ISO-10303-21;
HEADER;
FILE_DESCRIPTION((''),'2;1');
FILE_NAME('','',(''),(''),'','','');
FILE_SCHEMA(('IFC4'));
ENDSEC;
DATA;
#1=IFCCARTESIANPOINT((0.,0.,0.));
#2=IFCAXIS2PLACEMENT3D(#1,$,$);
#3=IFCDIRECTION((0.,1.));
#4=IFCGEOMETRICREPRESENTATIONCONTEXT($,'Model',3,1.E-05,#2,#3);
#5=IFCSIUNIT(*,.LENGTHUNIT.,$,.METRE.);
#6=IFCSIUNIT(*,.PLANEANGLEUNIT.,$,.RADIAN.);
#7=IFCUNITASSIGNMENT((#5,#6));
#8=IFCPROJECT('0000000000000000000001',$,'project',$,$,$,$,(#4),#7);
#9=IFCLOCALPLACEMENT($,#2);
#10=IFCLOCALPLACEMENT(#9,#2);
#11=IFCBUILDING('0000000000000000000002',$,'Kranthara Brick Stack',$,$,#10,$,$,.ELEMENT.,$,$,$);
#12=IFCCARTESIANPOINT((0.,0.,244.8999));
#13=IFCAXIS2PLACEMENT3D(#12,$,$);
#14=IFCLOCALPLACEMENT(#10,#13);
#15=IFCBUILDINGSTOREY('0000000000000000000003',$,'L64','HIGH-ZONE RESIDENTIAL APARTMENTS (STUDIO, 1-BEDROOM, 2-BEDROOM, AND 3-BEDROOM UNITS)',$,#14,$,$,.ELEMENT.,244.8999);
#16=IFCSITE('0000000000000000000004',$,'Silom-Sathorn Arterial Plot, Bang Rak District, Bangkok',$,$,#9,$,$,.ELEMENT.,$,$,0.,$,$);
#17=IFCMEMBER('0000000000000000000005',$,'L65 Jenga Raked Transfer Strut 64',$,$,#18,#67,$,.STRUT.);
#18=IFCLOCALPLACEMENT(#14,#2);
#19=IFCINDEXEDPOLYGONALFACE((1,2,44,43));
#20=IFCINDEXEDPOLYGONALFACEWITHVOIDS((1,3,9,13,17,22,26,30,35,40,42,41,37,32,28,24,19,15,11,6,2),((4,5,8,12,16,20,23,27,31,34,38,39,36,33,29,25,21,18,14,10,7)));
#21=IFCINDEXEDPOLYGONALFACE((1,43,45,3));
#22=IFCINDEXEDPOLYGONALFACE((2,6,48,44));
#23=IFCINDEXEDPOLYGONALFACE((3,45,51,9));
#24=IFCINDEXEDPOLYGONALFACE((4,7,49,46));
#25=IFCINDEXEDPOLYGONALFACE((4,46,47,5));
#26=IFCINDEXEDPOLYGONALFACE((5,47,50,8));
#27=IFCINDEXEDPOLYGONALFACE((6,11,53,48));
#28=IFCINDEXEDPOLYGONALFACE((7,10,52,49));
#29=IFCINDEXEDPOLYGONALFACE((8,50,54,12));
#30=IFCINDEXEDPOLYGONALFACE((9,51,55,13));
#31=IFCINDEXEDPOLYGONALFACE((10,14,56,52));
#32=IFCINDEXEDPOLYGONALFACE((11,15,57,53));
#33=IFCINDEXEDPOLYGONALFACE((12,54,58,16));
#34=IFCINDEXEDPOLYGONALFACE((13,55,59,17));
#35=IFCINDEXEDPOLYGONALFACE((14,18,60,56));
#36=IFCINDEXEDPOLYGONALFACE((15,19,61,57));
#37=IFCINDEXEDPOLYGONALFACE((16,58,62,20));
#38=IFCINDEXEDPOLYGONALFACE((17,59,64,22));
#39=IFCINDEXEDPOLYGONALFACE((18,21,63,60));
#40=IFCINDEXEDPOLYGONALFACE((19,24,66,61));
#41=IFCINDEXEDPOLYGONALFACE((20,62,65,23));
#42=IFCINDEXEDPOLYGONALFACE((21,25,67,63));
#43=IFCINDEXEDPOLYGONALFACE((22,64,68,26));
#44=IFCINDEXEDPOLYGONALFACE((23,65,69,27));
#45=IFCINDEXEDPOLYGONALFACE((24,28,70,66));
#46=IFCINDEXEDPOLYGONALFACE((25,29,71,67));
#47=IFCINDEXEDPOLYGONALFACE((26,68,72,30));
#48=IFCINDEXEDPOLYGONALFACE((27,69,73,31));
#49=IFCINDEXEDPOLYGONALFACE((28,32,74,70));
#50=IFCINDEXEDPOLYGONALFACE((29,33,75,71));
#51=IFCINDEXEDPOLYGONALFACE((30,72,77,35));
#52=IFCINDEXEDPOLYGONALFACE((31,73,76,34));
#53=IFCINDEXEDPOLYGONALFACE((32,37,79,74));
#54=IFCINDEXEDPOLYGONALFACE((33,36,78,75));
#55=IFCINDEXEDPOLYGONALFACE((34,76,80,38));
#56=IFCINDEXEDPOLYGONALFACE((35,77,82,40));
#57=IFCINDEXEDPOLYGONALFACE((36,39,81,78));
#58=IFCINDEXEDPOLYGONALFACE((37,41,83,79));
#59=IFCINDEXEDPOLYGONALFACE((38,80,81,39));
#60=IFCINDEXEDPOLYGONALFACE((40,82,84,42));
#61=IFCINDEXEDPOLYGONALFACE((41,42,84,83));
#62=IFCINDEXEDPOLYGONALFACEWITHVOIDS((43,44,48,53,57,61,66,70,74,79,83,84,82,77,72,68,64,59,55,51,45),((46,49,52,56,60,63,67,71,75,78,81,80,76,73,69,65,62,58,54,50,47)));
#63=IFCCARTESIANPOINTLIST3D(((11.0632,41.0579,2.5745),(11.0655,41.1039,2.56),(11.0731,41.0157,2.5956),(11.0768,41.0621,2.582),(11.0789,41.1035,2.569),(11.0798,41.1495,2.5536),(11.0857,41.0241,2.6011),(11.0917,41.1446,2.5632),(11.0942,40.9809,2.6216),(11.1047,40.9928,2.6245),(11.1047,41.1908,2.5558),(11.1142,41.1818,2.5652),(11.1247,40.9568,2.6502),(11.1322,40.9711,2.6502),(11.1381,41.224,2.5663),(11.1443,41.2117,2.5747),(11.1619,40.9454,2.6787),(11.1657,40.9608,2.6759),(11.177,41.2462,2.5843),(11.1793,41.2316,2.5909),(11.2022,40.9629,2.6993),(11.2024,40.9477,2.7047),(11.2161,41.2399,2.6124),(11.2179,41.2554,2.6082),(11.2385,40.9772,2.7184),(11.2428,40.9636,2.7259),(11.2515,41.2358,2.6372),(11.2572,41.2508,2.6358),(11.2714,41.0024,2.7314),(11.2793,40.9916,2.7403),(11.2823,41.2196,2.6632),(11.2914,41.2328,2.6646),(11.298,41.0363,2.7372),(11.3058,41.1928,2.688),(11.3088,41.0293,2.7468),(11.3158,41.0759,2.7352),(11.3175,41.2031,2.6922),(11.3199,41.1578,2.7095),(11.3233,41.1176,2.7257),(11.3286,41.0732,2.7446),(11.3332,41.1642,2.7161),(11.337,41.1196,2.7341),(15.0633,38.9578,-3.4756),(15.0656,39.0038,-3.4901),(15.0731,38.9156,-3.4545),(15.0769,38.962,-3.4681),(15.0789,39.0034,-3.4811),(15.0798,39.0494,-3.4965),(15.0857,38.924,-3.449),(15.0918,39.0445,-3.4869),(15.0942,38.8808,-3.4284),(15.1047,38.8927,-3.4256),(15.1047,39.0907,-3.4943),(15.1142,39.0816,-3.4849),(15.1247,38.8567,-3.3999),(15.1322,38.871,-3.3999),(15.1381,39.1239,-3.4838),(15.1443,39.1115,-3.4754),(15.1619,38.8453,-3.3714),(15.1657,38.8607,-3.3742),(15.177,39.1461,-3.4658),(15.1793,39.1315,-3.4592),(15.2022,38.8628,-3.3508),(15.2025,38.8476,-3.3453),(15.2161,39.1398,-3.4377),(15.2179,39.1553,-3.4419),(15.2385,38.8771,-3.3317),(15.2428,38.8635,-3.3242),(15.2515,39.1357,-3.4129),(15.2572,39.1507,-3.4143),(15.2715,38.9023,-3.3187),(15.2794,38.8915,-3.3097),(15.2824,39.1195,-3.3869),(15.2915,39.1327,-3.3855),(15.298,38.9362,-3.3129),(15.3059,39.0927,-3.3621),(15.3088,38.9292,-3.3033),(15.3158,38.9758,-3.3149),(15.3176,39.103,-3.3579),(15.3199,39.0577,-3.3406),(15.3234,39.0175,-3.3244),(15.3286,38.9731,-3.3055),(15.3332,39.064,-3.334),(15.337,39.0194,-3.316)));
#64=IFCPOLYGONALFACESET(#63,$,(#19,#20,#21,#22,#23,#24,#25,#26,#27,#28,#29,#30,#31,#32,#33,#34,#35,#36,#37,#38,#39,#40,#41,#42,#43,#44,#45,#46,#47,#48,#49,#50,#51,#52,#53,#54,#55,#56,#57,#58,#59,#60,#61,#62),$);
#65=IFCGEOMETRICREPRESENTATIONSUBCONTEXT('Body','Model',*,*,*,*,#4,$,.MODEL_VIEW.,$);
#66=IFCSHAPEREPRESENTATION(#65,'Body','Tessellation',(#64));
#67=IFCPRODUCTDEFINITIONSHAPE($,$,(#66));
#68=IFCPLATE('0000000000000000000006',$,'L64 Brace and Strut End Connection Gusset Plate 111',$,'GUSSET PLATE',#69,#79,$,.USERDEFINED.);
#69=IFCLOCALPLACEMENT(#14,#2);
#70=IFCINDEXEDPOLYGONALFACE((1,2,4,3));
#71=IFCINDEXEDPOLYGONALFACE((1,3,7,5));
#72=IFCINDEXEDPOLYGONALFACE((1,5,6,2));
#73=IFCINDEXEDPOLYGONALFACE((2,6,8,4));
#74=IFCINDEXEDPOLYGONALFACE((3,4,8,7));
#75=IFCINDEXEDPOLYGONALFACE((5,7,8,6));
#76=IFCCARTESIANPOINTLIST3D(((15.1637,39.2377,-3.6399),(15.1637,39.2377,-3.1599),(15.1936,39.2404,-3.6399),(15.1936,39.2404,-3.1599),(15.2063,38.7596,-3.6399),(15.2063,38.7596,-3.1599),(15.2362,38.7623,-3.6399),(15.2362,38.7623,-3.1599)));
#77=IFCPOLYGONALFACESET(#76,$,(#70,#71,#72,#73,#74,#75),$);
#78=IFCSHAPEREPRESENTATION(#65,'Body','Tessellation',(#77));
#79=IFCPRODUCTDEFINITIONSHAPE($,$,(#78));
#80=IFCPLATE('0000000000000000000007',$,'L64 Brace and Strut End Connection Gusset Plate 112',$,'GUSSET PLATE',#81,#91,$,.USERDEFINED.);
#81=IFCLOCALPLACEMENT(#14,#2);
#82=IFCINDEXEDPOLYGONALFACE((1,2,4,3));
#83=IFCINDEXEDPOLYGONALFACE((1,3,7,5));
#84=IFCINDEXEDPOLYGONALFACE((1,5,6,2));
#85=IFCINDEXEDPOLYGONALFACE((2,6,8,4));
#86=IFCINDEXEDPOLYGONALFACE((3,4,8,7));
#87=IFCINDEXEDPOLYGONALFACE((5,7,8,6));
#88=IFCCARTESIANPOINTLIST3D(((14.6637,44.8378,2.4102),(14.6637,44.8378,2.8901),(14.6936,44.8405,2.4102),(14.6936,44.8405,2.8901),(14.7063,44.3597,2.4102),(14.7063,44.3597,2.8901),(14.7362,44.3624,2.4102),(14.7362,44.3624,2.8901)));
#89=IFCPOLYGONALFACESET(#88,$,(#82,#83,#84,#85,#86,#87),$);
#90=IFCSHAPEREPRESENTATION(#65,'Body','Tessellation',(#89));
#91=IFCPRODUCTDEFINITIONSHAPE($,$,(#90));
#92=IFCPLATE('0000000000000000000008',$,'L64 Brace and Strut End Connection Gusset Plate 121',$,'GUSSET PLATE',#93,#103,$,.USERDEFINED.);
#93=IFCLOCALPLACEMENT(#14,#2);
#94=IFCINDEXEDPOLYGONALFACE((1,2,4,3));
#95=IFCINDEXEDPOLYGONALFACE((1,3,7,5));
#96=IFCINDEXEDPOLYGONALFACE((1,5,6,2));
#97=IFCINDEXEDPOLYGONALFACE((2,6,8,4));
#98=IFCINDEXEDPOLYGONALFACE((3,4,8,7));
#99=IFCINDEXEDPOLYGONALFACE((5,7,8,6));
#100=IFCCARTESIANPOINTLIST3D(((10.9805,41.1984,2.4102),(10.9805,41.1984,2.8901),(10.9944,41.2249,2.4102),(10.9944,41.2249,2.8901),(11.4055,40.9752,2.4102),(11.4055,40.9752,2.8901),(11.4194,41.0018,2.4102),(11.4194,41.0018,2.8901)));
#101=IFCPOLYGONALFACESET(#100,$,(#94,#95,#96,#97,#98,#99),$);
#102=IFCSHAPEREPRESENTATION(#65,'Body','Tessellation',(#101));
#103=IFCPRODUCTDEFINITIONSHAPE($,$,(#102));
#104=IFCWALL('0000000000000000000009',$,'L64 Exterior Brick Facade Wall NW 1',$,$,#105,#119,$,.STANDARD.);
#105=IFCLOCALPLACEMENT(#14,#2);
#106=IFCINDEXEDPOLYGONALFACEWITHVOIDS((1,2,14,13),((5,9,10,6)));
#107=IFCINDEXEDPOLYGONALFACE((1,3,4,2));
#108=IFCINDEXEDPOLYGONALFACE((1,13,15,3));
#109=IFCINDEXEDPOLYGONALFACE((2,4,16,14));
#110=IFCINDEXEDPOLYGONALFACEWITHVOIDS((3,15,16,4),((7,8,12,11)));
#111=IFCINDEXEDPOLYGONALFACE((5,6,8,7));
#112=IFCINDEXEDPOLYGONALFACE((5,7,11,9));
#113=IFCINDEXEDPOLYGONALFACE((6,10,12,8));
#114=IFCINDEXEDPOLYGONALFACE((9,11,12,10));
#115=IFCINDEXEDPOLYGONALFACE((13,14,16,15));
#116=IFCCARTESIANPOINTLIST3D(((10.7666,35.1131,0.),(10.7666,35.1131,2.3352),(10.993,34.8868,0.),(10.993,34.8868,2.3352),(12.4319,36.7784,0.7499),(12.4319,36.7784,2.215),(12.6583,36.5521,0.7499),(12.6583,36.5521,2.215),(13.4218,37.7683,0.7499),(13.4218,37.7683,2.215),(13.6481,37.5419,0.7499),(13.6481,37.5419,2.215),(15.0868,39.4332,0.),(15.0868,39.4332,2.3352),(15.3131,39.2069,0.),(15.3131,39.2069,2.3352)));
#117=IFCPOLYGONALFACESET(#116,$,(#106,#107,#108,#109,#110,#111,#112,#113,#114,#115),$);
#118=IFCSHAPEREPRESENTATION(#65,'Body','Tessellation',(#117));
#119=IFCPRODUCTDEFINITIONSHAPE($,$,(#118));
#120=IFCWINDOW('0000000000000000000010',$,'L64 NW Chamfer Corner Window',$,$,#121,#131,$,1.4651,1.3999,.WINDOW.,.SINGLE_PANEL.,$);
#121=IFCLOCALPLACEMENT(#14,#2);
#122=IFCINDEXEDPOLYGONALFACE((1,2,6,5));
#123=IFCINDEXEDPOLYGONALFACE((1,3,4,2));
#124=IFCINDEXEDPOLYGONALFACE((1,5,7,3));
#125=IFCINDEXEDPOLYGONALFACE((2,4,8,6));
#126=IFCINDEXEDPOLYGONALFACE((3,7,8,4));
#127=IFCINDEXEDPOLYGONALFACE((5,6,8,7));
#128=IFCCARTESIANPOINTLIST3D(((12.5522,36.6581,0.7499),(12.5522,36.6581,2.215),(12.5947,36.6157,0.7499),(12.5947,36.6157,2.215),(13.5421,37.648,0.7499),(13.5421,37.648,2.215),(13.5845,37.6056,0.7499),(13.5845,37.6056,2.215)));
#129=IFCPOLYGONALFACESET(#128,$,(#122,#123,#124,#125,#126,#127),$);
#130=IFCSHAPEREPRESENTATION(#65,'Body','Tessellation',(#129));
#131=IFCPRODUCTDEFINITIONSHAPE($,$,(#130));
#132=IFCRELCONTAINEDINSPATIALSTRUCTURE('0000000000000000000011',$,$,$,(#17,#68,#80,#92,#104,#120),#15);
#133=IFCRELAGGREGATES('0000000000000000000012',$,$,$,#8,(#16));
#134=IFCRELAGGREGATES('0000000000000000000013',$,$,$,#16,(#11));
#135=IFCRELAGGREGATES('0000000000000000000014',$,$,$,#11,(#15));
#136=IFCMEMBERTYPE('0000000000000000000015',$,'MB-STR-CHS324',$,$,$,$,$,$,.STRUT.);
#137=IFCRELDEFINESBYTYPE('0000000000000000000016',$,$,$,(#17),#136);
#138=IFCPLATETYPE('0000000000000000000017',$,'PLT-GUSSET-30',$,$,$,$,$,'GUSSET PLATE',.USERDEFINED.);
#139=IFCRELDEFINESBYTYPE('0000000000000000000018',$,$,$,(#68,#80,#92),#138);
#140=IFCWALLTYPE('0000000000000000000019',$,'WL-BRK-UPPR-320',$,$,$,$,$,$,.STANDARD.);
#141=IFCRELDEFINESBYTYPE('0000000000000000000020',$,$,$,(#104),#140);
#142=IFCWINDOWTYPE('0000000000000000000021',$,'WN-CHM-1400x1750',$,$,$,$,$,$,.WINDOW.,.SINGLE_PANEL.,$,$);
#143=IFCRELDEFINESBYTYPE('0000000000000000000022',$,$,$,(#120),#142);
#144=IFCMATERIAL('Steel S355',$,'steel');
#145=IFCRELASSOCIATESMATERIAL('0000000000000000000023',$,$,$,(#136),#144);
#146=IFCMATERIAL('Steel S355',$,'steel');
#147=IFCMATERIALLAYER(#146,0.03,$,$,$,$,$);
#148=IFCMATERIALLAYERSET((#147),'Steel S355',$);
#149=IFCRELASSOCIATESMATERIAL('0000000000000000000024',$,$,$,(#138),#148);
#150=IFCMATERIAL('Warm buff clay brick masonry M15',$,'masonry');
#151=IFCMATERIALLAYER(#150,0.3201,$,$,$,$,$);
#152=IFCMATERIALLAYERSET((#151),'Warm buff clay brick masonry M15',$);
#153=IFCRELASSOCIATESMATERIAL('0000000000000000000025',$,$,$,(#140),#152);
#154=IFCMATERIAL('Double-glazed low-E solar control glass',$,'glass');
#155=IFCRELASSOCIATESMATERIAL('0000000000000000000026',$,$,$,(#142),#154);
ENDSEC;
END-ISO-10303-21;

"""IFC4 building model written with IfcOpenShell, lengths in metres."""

from ifc_helpers import new_model, si_unit, direction, frame, frame_2d, origin, origin_2d, place, context, subcontext, project, spatial, rectangle, hollow_circle, extrude, material, layer, layer_set, material_profile, profile_set, type_object, element, fill, save


model = new_model("IFC4")

# Units and contexts
model_context = context("Model", 3, precision=1e-05, world=origin(), true_north=direction((0.0, 1.0)))
body_context = subcontext(model_context, "Body", "Model", "MODEL_VIEW")
ifc_project = project(units=[si_unit("LENGTHUNIT", "METRE"), si_unit("PLANEANGLEUNIT", "RADIAN")], contexts=[model_context])

# Site, building, storey
site_placement = place(None, origin())
site = spatial("IfcSite", under=ifc_project, at=site_placement, Name="Silom-Sathorn Arterial Plot, Bang Rak District, Bangkok", CompositionType="ELEMENT", RefElevation=0.0)
building_placement = place(site_placement, origin())
building = spatial("IfcBuilding", under=site, at=building_placement, Name="Kranthara Brick Stack", CompositionType="ELEMENT")
storey_placement = place(building_placement, frame((0.0, 0.0, 244.8999)))
storey = spatial("IfcBuildingStorey", under=building, at=storey_placement, Name="L64", Description="HIGH-ZONE RESIDENTIAL APARTMENTS (STUDIO, 1-BEDROOM, 2-BEDROOM, AND 3-BEDROOM UNITS)", CompositionType="ELEMENT", Elevation=244.8999)

# Member
ifc_material_1 = material(Name="Steel S355", Category="steel")
ifc_material_profile_1 = material_profile(ifc_material_1, hollow_circle(Radius=0.1619, WallThickness=0.0161, at=origin_2d()), Name="CHS 323.9x16")
ifc_profile_set_1 = profile_set([ifc_material_profile_1], Name="Steel S355")
member_type = type_object("IfcMemberType", Name="MB-STR-CHS324", PredefinedType="STRUT", material=ifc_profile_set_1)
member_1_placement = place(storey_placement, frame((15.2, 39.0, -3.3999), z_axis=(-0.52975, 0.278132, 0.801254), x_axis=(-0.464851, -0.885389, 0.0)))
element("IfcMember", 1, at=member_1_placement, inside=storey, type_object=member_type, Name="L65 Jenga Raked Transfer Strut 64", PredefinedType="STRUT", context=body_context, shape_type="SweptSolid", body=[
    extrude(hollow_circle(Radius=0.1619, WallThickness=0.0161, at=origin_2d()), origin(), (0.0, 0.0, 1.0), 7.5508),
])

# Plates
ifc_material_2 = material(Name="Steel S355", Category="steel")
ifc_layer_1 = layer(ifc_material_2, 0.03)
ifc_layer_set_1 = layer_set([ifc_layer_1], Name="Steel S355")
plate_type = type_object("IfcPlateType", Name="PLT-GUSSET-30", ElementType="GUSSET PLATE", PredefinedType="USERDEFINED", material=ifc_layer_set_1)
for number, where, z_axis, x_axis, name in (
    (2, (15.2, 39.0, -3.6399), (0.0, 0.0, 1.0), (-0.088894, 0.996041, 0.0), "L64 Brace and Strut End Connection Gusset Plate 111"),
    (3, (14.7, 44.6001, 2.4102), (0.0, 0.0, 1.0), (-0.088894, 0.996041, 0.0), "L64 Brace and Strut End Connection Gusset Plate 112"),
    (4, (11.2, 41.1001, 2.4102), (0.0, 0.0, 1.0), (-0.885394, 0.464842, 0.0), "L64 Brace and Strut End Connection Gusset Plate 121"),
):
    element("IfcPlate", number, at=place(storey_placement, frame(where, z_axis=z_axis, x_axis=x_axis)), inside=storey, type_object=plate_type, Name=name, ObjectType="GUSSET PLATE", PredefinedType="USERDEFINED", context=body_context, shape_type="SweptSolid", body=[
        extrude(rectangle(XDim=0.48, YDim=0.03, at=origin_2d()), origin(), (0.0, 0.0, 1.0), 0.48),
    ])

# Wall, opening, window
ifc_material_3 = material(Name="Warm buff clay brick masonry M15", Category="masonry")
ifc_layer_2 = layer(ifc_material_3, 0.3201)
ifc_layer_set_2 = layer_set([ifc_layer_2], Name="Warm buff clay brick masonry M15")
wall_type_1 = type_object("IfcWallType", Name="WL-BRK-UPPR-320", PredefinedType="STANDARD", material=ifc_layer_set_2)
wall_1_placement = place(storey_placement, frame((10.8799, 35.0, 0.0), z_axis=(0.0, 0.0, 1.0), x_axis=(0.707107, 0.707107, 0.0)))
wall_1 = element("IfcWall", 5, at=wall_1_placement, inside=storey, type_object=wall_type_1, Name="L64 Exterior Brick Facade Wall NW 1", PredefinedType="STANDARD", context=body_context, shape_type="SweptSolid", body=[
    extrude(rectangle(XDim=6.1096, YDim=0.3201, at=frame_2d((3.0547, 0.0))), origin(), (0.0, 0.0, 1.0), 2.3352),
])
opening_1_placement = place(wall_1_placement, frame((2.355, 0.0, 0.75)))
opening_1 = element("IfcOpeningElement", 6, at=opening_1_placement, cuts=wall_1, PredefinedType="OPENING", context=body_context, shape_type="SweptSolid", body=[
    extrude(rectangle(XDim=1.3999, YDim=1.4651, at=frame_2d((0.7, 0.7324))), frame((0.0, 0.1699, 0.0), z_axis=(0.0, -1.0, 0.0), x_axis=(1.0, 0.0, 0.0)), (0.0, 0.0, 1.0), 0.3401),
])
ifc_material_4 = material(Name="Double-glazed low-E solar control glass", Category="glass")
window_type_1 = type_object("IfcWindowType", Name="WN-CHM-1400x1750", PartitioningType="SINGLE_PANEL", PredefinedType="WINDOW", material=ifc_material_4)
window_1_placement = place(opening_1_placement, origin())
window_1 = element("IfcWindow", 7, at=window_1_placement, inside=storey, type_object=window_type_1, Name="L64 NW Chamfer Corner Window", OverallHeight=1.4651, OverallWidth=1.3999, PartitioningType="SINGLE_PANEL", PredefinedType="WINDOW", context=body_context, shape_type="SweptSolid", body=[
    extrude(rectangle(XDim=1.3999, YDim=1.4651, at=frame_2d((0.7, 0.7324))), frame((0.0, -0.01, 0.0), z_axis=(0.0, -1.0, 0.0), x_axis=(1.0, 0.0, 0.0)), (0.0, 0.0, 1.0), 0.0601),
])
fill(opening_1, window_1)

save(model, "model.ifc")
